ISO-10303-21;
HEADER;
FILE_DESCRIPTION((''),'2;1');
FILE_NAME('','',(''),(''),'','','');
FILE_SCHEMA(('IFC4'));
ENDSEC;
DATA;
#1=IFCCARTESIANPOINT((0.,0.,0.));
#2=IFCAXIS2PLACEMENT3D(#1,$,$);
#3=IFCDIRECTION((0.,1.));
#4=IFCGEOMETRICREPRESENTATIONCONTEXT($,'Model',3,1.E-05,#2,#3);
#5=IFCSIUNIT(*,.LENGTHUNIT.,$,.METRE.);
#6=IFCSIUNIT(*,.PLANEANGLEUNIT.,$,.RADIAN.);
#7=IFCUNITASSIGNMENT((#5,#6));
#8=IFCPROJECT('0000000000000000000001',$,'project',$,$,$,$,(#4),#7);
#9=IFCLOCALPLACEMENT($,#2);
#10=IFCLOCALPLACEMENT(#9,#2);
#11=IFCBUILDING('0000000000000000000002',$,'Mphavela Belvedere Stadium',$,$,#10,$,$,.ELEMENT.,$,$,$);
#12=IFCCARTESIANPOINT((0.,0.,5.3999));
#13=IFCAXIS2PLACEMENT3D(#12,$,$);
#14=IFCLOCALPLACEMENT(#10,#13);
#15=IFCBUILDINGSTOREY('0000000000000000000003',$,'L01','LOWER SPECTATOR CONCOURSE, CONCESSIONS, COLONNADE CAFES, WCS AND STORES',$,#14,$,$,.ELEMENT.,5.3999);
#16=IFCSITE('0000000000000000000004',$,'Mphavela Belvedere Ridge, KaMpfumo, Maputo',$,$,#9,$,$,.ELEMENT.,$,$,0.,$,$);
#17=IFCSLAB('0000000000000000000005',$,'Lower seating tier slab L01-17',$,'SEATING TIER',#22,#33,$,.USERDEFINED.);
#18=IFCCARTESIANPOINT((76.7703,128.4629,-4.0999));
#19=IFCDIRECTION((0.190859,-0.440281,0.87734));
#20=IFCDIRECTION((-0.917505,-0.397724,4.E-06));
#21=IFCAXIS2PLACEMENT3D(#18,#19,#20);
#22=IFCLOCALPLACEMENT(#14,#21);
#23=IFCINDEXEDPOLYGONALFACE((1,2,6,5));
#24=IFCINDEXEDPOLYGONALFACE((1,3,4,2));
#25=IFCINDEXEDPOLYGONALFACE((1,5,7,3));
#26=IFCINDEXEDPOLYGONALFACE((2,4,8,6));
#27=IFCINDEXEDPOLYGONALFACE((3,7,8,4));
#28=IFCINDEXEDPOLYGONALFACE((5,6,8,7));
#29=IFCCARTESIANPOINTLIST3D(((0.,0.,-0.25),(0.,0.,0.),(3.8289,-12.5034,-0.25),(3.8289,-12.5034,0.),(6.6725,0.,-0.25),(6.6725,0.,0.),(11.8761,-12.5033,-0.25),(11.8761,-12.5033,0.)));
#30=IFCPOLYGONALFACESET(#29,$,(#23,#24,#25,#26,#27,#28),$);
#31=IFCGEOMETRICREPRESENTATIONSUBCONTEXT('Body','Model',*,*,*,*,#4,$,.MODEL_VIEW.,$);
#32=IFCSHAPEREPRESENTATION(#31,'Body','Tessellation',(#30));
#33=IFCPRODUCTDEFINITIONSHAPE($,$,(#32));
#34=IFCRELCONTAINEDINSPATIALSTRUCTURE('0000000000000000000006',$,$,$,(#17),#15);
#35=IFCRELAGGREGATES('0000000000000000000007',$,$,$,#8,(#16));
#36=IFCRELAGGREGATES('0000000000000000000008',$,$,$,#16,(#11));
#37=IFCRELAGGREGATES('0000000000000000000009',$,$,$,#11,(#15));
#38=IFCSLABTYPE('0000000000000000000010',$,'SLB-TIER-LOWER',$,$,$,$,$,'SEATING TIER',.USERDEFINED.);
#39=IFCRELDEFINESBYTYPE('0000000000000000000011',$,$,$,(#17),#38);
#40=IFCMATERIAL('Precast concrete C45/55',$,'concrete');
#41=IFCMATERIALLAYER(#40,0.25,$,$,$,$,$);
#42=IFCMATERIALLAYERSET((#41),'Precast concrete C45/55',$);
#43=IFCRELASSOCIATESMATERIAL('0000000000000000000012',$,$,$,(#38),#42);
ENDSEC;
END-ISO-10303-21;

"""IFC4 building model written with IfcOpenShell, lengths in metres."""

from ifc_helpers import new_model, si_unit, direction, frame, origin, place, context, subcontext, project, spatial, polyline, outline, extrude, material, layer, layer_set, type_object, element, save


model = new_model("IFC4")

# Units and contexts
model_context = context("Model", 3, precision=1e-05, world=origin(), true_north=direction((0.0, 1.0)))
body_context = subcontext(model_context, "Body", "Model", "MODEL_VIEW")
ifc_project = project(units=[si_unit("LENGTHUNIT", "METRE"), si_unit("PLANEANGLEUNIT", "RADIAN")], contexts=[model_context])

# Site, building, storey
site_placement = place(None, origin())
site = spatial("IfcSite", under=ifc_project, at=site_placement, Name="Mphavela Belvedere Ridge, KaMpfumo, Maputo", CompositionType="ELEMENT", RefElevation=0.0)
building_placement = place(site_placement, origin())
building = spatial("IfcBuilding", under=site, at=building_placement, Name="Mphavela Belvedere Stadium", CompositionType="ELEMENT")
storey_placement = place(building_placement, frame((0.0, 0.0, 5.3999)))
storey = spatial("IfcBuildingStorey", under=building, at=storey_placement, Name="L01", Description="LOWER SPECTATOR CONCOURSE, CONCESSIONS, COLONNADE CAFES, WCS AND STORES", CompositionType="ELEMENT", Elevation=5.3999)

# Slab
ifc_material_1 = material(Name="Precast concrete C45/55", Category="concrete")
ifc_layer_1 = layer(ifc_material_1, 0.25)
ifc_layer_set_1 = layer_set([ifc_layer_1], Name="Precast concrete C45/55")
slab_type = type_object("IfcSlabType", Name="SLB-TIER-LOWER", ElementType="SEATING TIER", PredefinedType="USERDEFINED", material=ifc_layer_set_1)
slab_1_placement = place(storey_placement, frame((76.7703, 128.4629, -4.0999), z_axis=(0.190859, -0.440281, 0.87734), x_axis=(-0.917505, -0.397724, 0.000004)))
element("IfcSlab", 1, at=slab_1_placement, inside=storey, type_object=slab_type, Name="Lower seating tier slab L01-17", ObjectType="SEATING TIER", PredefinedType="USERDEFINED", context=body_context, shape_type="SweptSolid", body=[
    extrude(outline(polyline([(0.0, 0.0), (6.6725, 0.0), (11.8761, -12.5033), (3.8289, -12.5034), (0.0, 0.0)])), origin(), (0.0, 0.0, -1.0), 0.25),
])

save(model, "model.ifc")
